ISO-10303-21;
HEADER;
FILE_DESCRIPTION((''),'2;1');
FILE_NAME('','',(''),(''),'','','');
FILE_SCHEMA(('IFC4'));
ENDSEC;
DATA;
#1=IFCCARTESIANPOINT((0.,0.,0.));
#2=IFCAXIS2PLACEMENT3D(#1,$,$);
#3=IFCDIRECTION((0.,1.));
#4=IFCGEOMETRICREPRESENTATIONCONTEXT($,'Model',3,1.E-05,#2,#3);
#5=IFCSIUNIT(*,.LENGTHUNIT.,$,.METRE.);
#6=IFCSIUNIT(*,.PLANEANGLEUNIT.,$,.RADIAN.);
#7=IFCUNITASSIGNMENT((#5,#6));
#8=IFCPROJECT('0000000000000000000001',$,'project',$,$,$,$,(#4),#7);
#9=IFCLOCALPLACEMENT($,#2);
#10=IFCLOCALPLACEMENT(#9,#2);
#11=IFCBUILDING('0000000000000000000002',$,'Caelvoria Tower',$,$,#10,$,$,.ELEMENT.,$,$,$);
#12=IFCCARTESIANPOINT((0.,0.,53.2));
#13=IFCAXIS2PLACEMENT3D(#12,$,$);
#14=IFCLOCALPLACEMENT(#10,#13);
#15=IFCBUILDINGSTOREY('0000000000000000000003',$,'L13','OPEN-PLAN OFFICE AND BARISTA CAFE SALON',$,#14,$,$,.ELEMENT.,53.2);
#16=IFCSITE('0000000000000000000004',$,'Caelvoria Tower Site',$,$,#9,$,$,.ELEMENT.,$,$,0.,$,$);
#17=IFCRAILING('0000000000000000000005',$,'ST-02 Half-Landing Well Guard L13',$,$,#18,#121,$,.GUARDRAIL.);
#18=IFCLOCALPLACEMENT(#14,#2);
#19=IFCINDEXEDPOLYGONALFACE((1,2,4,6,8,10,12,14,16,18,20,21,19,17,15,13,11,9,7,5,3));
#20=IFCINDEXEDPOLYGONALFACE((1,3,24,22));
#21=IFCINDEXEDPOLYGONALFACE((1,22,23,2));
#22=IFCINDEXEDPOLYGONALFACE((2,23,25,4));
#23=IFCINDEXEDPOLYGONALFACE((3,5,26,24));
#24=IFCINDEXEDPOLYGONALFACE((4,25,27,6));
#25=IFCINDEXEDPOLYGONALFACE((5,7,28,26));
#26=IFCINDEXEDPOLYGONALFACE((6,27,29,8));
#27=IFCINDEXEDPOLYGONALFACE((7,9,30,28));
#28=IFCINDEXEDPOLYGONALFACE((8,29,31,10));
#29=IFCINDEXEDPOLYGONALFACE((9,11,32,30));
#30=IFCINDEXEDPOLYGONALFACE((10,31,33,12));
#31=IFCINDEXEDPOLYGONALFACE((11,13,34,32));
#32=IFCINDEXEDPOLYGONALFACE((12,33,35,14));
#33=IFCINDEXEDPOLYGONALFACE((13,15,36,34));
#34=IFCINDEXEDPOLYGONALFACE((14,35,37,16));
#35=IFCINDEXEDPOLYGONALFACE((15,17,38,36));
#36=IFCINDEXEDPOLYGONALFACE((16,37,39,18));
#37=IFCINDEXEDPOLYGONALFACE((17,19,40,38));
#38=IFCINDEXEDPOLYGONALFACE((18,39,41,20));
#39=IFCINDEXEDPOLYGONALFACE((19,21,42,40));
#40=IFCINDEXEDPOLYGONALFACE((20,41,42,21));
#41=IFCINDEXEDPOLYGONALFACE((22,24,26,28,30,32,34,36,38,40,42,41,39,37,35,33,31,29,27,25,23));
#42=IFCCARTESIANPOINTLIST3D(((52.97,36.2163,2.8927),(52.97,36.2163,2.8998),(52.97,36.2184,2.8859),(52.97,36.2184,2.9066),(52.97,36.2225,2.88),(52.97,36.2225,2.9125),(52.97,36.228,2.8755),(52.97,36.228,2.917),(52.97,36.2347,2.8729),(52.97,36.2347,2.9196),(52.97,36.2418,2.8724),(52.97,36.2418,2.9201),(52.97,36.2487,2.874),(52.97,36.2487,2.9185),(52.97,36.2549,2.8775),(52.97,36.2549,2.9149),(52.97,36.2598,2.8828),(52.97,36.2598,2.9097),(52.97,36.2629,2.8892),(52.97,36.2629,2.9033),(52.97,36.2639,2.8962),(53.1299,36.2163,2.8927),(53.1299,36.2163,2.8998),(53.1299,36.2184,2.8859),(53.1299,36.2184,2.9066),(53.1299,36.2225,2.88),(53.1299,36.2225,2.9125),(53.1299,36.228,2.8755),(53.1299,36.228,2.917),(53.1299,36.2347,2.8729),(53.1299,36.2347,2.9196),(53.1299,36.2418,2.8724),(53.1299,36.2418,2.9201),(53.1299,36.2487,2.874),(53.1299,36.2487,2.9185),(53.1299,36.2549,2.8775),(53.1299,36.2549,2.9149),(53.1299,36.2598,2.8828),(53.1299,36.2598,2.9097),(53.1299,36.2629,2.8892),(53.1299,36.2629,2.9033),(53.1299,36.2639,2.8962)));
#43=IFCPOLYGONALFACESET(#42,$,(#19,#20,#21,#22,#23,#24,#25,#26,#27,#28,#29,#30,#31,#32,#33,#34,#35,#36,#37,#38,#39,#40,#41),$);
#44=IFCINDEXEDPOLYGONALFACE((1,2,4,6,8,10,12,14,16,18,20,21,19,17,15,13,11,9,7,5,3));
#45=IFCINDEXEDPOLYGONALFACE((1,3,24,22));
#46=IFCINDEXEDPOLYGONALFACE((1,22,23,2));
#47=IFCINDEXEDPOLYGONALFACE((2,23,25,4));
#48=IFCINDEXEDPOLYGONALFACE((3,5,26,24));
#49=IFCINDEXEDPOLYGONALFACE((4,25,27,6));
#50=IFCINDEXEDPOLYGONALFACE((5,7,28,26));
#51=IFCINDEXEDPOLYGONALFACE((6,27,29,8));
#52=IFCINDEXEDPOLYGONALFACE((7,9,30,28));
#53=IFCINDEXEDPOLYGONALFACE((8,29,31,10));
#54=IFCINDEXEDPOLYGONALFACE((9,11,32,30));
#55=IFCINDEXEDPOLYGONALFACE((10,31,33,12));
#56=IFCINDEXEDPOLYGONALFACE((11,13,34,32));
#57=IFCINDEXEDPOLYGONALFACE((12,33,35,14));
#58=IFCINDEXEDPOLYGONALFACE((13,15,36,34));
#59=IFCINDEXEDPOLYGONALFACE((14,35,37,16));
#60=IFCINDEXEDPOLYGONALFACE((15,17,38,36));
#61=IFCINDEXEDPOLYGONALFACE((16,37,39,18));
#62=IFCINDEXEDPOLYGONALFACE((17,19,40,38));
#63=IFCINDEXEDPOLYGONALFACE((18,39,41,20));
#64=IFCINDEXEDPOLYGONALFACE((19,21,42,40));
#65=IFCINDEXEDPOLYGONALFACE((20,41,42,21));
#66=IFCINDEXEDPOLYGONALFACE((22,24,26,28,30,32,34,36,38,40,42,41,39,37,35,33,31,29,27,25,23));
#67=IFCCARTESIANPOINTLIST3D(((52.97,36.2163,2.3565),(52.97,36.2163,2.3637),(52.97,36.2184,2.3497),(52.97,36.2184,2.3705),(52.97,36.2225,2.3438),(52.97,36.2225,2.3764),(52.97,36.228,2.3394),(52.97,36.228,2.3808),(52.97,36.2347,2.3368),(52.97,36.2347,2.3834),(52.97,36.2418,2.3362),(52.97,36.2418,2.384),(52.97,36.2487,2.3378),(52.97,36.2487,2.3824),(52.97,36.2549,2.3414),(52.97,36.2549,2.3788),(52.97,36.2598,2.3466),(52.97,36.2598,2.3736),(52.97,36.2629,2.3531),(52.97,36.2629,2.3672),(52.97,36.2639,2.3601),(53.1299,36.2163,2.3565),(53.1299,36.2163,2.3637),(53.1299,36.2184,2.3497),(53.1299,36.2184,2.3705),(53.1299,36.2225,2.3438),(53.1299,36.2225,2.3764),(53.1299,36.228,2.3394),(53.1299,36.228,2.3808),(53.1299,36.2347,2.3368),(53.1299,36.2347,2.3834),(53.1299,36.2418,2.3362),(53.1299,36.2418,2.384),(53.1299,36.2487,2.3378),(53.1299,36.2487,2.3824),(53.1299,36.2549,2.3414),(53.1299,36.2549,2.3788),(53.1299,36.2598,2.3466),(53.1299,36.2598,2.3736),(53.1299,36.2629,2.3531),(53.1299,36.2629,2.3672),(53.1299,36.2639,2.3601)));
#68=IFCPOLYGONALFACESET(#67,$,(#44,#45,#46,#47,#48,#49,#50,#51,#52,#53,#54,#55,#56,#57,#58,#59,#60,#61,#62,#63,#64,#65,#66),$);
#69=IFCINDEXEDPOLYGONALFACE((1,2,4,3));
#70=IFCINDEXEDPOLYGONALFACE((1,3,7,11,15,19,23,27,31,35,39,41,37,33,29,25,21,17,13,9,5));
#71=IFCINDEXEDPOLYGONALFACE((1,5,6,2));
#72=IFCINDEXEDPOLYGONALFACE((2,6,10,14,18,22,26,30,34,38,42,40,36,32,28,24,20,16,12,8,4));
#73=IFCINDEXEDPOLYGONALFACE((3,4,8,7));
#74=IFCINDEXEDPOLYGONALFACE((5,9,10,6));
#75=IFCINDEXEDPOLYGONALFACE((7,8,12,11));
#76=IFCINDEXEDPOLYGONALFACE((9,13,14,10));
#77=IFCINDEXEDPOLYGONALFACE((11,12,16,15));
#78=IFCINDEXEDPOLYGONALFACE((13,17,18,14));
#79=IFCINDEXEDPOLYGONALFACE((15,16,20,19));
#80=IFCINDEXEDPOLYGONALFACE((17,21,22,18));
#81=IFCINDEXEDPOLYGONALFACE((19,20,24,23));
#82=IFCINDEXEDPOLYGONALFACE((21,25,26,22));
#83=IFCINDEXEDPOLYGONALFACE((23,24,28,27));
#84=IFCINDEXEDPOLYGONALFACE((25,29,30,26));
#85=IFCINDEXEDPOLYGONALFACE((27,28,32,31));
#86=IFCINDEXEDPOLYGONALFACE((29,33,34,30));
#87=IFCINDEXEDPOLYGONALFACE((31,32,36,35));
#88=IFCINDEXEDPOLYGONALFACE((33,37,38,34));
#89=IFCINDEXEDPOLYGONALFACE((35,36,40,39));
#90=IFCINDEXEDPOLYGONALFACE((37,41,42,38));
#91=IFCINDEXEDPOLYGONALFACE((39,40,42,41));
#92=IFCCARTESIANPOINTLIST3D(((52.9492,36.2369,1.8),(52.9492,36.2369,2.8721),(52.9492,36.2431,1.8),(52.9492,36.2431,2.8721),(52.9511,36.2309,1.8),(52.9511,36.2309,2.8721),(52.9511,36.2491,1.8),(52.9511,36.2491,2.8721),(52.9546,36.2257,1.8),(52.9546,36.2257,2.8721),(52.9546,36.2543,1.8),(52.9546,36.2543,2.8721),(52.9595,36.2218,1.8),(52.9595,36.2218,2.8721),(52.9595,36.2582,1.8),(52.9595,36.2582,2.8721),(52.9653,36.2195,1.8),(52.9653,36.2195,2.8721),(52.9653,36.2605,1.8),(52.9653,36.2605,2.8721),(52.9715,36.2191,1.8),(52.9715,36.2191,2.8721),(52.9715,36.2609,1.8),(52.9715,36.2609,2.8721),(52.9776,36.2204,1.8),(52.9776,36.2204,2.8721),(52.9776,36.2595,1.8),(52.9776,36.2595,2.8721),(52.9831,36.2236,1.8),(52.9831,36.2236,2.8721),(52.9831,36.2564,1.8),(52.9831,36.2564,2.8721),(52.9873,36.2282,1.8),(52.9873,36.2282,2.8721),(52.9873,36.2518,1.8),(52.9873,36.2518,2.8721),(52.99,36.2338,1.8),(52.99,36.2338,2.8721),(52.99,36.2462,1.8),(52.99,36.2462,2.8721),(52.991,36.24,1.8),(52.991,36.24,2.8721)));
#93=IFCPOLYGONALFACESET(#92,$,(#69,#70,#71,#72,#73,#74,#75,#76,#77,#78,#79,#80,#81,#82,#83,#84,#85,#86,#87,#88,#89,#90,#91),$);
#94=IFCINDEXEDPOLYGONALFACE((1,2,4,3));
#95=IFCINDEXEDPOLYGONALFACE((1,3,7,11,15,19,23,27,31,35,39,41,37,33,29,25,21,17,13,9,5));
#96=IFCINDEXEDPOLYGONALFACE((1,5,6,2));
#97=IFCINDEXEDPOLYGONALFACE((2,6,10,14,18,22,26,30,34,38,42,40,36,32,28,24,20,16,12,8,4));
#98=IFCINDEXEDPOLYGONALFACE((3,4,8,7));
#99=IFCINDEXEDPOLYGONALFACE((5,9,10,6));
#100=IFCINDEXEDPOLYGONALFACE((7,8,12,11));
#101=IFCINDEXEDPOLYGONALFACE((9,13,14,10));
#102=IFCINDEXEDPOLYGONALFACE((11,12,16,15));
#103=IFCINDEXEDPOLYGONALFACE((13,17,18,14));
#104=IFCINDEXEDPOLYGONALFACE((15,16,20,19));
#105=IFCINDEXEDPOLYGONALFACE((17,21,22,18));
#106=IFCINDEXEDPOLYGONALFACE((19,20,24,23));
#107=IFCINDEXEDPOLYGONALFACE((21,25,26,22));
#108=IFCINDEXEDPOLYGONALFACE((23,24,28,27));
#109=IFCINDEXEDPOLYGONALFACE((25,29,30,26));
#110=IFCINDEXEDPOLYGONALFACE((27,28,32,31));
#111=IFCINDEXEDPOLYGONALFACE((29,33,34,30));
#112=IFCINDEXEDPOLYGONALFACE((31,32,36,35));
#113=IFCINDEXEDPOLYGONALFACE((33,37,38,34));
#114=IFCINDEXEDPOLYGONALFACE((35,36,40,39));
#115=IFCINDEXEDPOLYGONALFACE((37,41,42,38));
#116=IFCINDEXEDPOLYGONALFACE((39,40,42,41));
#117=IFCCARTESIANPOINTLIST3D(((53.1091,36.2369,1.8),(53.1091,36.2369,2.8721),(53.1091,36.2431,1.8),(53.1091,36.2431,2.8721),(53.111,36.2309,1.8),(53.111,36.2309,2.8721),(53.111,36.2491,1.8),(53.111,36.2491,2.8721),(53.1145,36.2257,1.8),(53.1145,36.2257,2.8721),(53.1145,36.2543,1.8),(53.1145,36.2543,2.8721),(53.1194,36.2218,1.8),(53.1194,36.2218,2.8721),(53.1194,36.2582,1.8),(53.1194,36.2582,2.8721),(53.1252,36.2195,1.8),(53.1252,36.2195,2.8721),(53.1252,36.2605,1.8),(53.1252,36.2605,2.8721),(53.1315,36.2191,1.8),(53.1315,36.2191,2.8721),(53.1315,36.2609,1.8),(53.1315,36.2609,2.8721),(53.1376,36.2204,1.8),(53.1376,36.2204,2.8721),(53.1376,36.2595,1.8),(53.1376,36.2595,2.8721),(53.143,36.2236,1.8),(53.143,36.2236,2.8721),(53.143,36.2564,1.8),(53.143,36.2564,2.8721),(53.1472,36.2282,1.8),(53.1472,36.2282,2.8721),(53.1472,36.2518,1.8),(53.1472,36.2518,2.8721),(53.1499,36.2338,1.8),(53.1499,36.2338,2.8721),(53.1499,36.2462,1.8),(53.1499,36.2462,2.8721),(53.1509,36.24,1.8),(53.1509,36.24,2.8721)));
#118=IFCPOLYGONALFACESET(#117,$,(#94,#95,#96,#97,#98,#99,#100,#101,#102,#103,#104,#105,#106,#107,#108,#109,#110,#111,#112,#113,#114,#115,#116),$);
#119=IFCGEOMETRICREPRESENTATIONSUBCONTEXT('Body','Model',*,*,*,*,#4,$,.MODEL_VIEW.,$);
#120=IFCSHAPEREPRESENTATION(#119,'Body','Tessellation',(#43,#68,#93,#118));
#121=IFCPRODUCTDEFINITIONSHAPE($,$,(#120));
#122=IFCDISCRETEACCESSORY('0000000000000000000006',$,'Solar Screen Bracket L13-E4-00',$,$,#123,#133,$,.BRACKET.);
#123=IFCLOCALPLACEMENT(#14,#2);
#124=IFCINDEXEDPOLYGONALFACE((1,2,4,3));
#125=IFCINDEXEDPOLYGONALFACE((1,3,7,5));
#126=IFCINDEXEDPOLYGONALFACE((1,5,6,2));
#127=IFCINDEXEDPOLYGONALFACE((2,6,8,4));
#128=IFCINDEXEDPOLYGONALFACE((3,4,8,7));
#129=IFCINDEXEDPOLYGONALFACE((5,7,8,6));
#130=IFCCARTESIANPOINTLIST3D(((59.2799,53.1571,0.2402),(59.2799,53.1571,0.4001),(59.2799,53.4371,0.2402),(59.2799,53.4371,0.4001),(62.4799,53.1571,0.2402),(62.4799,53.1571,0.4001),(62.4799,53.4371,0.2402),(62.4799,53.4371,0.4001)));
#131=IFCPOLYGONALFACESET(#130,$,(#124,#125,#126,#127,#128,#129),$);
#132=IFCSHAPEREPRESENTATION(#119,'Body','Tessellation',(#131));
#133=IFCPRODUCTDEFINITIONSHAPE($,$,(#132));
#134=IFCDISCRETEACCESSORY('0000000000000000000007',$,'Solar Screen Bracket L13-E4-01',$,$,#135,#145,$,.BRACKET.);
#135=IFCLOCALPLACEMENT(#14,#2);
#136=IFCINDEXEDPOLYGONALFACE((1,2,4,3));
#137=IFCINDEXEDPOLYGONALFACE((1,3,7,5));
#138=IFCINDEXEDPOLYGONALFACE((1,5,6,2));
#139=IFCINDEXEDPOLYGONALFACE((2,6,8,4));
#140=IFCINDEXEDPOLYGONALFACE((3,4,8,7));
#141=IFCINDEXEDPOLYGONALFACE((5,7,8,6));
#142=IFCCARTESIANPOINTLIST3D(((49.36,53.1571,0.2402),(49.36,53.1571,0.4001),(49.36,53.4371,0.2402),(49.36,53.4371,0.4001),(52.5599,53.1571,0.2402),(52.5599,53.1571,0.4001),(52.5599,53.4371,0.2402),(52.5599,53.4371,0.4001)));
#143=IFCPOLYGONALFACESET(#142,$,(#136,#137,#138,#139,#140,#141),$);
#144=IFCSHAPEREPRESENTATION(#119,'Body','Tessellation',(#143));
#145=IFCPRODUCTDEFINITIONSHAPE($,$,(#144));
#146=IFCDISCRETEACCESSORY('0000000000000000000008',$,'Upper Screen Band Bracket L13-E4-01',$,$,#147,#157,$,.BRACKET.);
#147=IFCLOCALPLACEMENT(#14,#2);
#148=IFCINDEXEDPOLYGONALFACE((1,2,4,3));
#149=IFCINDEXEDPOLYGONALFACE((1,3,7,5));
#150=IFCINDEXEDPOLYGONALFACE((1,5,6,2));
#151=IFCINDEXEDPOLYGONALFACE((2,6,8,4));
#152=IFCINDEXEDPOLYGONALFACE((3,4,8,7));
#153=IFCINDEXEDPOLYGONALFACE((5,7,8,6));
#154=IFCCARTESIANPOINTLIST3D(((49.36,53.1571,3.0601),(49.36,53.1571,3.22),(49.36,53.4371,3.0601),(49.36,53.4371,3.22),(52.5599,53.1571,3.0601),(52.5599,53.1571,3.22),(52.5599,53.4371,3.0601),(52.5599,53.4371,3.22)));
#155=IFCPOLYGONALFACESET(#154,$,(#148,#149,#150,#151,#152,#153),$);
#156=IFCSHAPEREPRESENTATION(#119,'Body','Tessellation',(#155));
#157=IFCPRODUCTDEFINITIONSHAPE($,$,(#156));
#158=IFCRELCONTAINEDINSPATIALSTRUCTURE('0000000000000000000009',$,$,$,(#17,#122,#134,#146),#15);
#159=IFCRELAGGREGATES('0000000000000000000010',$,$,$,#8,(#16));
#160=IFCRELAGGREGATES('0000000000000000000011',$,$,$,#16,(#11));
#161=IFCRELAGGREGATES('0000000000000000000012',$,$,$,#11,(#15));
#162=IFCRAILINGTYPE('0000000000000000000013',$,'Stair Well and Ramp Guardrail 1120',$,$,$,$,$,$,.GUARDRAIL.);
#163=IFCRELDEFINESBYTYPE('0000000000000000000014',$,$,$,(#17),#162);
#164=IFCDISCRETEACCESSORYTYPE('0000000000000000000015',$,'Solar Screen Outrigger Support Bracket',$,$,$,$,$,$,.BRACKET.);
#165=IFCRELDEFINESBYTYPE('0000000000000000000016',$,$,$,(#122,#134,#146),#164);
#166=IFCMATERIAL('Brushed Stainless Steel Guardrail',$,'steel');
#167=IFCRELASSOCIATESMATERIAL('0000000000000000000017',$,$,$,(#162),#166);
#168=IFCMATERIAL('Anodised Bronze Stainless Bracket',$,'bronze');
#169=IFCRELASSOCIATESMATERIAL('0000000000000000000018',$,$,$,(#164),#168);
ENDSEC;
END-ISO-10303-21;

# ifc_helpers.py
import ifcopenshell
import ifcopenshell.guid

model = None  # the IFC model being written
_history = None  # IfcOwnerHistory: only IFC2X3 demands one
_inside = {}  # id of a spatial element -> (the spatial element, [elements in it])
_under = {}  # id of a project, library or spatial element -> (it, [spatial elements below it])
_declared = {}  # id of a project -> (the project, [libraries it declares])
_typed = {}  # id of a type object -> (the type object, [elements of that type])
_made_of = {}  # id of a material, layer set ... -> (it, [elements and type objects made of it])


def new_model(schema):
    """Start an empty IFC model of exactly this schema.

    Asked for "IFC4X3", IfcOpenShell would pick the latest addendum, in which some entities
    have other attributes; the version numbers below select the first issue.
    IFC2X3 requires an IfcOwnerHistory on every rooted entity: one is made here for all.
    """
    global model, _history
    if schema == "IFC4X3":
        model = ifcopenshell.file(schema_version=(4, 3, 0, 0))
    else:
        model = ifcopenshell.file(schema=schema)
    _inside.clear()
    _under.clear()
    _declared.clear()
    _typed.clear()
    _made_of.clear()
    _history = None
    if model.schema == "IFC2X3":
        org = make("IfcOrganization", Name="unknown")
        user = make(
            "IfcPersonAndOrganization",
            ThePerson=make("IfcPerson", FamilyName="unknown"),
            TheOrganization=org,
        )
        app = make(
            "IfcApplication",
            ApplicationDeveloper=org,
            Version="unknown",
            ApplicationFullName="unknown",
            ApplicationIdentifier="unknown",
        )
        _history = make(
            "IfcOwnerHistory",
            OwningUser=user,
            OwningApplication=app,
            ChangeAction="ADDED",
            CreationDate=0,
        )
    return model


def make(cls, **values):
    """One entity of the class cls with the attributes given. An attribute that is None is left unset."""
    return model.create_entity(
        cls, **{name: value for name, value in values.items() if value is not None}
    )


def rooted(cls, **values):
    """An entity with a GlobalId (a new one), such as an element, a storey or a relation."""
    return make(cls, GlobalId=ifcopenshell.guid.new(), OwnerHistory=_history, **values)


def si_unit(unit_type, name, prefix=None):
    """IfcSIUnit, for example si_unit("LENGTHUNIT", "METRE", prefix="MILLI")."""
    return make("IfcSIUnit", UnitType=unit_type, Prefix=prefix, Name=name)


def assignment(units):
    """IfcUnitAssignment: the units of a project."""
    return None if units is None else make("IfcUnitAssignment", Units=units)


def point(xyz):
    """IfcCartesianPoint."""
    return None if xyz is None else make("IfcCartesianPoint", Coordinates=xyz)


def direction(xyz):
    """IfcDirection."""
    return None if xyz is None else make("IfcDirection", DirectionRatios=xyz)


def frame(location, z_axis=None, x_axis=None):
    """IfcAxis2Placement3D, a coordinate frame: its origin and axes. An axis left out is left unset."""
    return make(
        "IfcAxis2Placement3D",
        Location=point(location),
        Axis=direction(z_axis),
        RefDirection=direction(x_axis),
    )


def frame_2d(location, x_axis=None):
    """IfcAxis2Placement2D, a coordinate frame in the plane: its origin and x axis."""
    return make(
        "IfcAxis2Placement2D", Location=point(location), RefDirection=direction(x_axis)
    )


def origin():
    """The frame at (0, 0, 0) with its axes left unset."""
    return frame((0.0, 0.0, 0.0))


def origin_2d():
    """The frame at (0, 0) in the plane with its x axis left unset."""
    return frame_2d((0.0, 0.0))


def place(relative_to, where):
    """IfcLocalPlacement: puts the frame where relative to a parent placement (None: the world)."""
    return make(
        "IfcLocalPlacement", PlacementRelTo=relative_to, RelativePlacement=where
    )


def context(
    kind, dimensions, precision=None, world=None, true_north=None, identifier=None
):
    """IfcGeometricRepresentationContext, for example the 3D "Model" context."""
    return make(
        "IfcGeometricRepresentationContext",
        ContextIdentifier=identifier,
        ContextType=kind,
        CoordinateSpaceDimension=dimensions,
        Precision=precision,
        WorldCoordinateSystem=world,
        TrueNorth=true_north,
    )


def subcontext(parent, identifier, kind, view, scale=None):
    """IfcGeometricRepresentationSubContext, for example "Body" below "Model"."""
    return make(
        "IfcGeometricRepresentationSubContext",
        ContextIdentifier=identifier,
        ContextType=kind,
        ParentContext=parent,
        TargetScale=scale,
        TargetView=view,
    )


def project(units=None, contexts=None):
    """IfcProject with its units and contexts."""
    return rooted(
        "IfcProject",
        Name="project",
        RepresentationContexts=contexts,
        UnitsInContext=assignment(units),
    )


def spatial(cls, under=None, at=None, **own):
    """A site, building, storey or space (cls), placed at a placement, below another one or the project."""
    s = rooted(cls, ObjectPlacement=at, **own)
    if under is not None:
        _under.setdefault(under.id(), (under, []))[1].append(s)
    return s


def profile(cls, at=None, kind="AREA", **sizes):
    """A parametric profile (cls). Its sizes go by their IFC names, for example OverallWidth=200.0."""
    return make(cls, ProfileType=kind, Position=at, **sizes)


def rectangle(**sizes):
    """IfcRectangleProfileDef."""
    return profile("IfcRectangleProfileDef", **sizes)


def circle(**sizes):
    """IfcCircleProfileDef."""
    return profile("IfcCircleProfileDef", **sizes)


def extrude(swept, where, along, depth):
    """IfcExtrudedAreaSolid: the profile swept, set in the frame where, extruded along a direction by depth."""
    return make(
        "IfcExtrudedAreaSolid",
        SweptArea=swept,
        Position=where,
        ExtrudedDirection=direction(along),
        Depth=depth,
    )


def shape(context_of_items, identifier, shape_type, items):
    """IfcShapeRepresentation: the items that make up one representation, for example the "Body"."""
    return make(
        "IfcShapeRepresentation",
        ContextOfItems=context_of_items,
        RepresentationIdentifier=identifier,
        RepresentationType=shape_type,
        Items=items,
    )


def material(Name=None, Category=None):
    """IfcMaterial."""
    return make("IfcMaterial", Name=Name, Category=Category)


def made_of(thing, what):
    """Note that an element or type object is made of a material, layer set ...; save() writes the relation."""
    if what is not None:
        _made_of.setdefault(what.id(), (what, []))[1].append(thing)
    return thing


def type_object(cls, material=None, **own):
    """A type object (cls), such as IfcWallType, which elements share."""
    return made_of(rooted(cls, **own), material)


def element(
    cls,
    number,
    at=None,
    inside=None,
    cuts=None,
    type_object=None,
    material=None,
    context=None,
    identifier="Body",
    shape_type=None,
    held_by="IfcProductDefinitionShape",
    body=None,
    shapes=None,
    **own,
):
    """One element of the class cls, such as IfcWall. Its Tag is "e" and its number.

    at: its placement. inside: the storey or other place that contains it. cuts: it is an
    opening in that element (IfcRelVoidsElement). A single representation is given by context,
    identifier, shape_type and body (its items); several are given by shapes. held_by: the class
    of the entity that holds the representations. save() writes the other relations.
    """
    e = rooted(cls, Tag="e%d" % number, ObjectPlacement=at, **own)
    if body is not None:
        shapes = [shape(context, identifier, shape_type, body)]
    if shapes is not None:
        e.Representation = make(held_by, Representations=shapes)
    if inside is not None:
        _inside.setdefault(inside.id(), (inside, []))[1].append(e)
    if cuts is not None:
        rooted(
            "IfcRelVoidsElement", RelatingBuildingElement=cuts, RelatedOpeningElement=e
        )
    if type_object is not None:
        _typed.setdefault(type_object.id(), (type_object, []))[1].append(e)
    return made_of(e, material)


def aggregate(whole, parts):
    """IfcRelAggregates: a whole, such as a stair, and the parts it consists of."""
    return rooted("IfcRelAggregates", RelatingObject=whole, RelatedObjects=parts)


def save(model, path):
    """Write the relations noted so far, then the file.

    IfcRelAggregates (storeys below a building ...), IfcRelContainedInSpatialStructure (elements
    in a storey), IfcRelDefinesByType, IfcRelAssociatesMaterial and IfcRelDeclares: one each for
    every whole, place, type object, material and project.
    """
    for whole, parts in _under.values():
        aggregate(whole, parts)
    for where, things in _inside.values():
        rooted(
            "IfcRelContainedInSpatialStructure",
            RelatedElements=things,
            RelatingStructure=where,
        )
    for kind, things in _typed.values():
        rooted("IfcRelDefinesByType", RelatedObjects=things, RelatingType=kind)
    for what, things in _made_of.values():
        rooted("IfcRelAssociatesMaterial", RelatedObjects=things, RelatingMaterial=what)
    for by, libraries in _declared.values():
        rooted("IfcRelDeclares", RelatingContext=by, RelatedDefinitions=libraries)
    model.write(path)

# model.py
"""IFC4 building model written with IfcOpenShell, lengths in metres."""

from ifc_helpers import new_model, si_unit, direction, frame, origin, origin_2d, place, context, subcontext, project, spatial, rectangle, circle, extrude, material, type_object, element, save


model = new_model("IFC4")

# Units and contexts
model_context = context("Model", 3, precision=1e-05, world=origin(), true_north=direction((0.0, 1.0)))
body_context = subcontext(model_context, "Body", "Model", "MODEL_VIEW")
ifc_project = project(units=[si_unit("LENGTHUNIT", "METRE"), si_unit("PLANEANGLEUNIT", "RADIAN")], contexts=[model_context])

# Site, building, storey
site_placement = place(None, origin())
site = spatial("IfcSite", under=ifc_project, at=site_placement, Name="Caelvoria Tower Site", CompositionType="ELEMENT", RefElevation=0.0)
building_placement = place(site_placement, origin())
building = spatial("IfcBuilding", under=site, at=building_placement, Name="Caelvoria Tower", CompositionType="ELEMENT")
storey_placement = place(building_placement, frame((0.0, 0.0, 53.2)))
storey = spatial("IfcBuildingStorey", under=building, at=storey_placement, Name="L13", Description="OPEN-PLAN OFFICE AND BARISTA CAFE SALON", CompositionType="ELEMENT", Elevation=53.2)

# Railing
ifc_material_1 = material(Name="Brushed Stainless Steel Guardrail", Category="steel")
railing_type_1 = type_object("IfcRailingType", Name="Stair Well and Ramp Guardrail 1120", PredefinedType="GUARDRAIL", material=ifc_material_1)
railing_1_placement = place(storey_placement, frame((52.97, 36.24, 1.8)))
element("IfcRailing", 1, at=railing_1_placement, inside=storey, type_object=railing_type_1, Name="ST-02 Half-Landing Well Guard L13", PredefinedType="GUARDRAIL", context=body_context, shape_type="SweptSolid", body=[
    extrude(circle(Radius=0.0239, at=origin_2d()), frame((0.0, 0.0, 1.0962), z_axis=(1.0, 0.0, 0.0), x_axis=(0.0, 1.0, 0.0)), (0.0, 0.0, 1.0), 0.1599),
    extrude(circle(Radius=0.0239, at=origin_2d()), frame((0.0, 0.0, 0.5601), z_axis=(1.0, 0.0, 0.0), x_axis=(0.0, 1.0, 0.0)), (0.0, 0.0, 1.0), 0.1599),
    extrude(circle(Radius=0.021, at=origin_2d()), origin(), (0.0, 0.0, 1.0), 1.072),
    extrude(circle(Radius=0.021, at=origin_2d()), frame((0.1599, 0.0, 0.0)), (0.0, 0.0, 1.0), 1.072),
])

# Discrete accessories
ifc_material_2 = material(Name="Anodised Bronze Stainless Bracket", Category="bronze")
discrete_accessory_type = type_object("IfcDiscreteAccessoryType", Name="Solar Screen Outrigger Support Bracket", PredefinedType="BRACKET", material=ifc_material_2)
for number, where, z_axis, x_axis, name in (
    (2, (60.8799, 53.2971, 0.2402), (0.0, 0.0, 1.0), (-1.0, 0.0, 0.0), "Solar Screen Bracket L13-E4-00"),
    (3, (50.96, 53.2971, 0.2402), (0.0, 0.0, 1.0), (-1.0, 0.0, 0.0), "Solar Screen Bracket L13-E4-01"),
    (4, (50.96, 53.2971, 3.0601), (0.0, 0.0, 1.0), (-1.0, 0.0, 0.0), "Upper Screen Band Bracket L13-E4-01"),
):
    element("IfcDiscreteAccessory", number, at=place(storey_placement, frame(where, z_axis=z_axis, x_axis=x_axis)), inside=storey, type_object=discrete_accessory_type, Name=name, PredefinedType="BRACKET", context=body_context, shape_type="SweptSolid", body=[
        extrude(rectangle(XDim=3.2, YDim=0.28, at=origin_2d()), origin(), (0.0, 0.0, 1.0), 0.1599),
    ])

save(model, "model.ifc")
